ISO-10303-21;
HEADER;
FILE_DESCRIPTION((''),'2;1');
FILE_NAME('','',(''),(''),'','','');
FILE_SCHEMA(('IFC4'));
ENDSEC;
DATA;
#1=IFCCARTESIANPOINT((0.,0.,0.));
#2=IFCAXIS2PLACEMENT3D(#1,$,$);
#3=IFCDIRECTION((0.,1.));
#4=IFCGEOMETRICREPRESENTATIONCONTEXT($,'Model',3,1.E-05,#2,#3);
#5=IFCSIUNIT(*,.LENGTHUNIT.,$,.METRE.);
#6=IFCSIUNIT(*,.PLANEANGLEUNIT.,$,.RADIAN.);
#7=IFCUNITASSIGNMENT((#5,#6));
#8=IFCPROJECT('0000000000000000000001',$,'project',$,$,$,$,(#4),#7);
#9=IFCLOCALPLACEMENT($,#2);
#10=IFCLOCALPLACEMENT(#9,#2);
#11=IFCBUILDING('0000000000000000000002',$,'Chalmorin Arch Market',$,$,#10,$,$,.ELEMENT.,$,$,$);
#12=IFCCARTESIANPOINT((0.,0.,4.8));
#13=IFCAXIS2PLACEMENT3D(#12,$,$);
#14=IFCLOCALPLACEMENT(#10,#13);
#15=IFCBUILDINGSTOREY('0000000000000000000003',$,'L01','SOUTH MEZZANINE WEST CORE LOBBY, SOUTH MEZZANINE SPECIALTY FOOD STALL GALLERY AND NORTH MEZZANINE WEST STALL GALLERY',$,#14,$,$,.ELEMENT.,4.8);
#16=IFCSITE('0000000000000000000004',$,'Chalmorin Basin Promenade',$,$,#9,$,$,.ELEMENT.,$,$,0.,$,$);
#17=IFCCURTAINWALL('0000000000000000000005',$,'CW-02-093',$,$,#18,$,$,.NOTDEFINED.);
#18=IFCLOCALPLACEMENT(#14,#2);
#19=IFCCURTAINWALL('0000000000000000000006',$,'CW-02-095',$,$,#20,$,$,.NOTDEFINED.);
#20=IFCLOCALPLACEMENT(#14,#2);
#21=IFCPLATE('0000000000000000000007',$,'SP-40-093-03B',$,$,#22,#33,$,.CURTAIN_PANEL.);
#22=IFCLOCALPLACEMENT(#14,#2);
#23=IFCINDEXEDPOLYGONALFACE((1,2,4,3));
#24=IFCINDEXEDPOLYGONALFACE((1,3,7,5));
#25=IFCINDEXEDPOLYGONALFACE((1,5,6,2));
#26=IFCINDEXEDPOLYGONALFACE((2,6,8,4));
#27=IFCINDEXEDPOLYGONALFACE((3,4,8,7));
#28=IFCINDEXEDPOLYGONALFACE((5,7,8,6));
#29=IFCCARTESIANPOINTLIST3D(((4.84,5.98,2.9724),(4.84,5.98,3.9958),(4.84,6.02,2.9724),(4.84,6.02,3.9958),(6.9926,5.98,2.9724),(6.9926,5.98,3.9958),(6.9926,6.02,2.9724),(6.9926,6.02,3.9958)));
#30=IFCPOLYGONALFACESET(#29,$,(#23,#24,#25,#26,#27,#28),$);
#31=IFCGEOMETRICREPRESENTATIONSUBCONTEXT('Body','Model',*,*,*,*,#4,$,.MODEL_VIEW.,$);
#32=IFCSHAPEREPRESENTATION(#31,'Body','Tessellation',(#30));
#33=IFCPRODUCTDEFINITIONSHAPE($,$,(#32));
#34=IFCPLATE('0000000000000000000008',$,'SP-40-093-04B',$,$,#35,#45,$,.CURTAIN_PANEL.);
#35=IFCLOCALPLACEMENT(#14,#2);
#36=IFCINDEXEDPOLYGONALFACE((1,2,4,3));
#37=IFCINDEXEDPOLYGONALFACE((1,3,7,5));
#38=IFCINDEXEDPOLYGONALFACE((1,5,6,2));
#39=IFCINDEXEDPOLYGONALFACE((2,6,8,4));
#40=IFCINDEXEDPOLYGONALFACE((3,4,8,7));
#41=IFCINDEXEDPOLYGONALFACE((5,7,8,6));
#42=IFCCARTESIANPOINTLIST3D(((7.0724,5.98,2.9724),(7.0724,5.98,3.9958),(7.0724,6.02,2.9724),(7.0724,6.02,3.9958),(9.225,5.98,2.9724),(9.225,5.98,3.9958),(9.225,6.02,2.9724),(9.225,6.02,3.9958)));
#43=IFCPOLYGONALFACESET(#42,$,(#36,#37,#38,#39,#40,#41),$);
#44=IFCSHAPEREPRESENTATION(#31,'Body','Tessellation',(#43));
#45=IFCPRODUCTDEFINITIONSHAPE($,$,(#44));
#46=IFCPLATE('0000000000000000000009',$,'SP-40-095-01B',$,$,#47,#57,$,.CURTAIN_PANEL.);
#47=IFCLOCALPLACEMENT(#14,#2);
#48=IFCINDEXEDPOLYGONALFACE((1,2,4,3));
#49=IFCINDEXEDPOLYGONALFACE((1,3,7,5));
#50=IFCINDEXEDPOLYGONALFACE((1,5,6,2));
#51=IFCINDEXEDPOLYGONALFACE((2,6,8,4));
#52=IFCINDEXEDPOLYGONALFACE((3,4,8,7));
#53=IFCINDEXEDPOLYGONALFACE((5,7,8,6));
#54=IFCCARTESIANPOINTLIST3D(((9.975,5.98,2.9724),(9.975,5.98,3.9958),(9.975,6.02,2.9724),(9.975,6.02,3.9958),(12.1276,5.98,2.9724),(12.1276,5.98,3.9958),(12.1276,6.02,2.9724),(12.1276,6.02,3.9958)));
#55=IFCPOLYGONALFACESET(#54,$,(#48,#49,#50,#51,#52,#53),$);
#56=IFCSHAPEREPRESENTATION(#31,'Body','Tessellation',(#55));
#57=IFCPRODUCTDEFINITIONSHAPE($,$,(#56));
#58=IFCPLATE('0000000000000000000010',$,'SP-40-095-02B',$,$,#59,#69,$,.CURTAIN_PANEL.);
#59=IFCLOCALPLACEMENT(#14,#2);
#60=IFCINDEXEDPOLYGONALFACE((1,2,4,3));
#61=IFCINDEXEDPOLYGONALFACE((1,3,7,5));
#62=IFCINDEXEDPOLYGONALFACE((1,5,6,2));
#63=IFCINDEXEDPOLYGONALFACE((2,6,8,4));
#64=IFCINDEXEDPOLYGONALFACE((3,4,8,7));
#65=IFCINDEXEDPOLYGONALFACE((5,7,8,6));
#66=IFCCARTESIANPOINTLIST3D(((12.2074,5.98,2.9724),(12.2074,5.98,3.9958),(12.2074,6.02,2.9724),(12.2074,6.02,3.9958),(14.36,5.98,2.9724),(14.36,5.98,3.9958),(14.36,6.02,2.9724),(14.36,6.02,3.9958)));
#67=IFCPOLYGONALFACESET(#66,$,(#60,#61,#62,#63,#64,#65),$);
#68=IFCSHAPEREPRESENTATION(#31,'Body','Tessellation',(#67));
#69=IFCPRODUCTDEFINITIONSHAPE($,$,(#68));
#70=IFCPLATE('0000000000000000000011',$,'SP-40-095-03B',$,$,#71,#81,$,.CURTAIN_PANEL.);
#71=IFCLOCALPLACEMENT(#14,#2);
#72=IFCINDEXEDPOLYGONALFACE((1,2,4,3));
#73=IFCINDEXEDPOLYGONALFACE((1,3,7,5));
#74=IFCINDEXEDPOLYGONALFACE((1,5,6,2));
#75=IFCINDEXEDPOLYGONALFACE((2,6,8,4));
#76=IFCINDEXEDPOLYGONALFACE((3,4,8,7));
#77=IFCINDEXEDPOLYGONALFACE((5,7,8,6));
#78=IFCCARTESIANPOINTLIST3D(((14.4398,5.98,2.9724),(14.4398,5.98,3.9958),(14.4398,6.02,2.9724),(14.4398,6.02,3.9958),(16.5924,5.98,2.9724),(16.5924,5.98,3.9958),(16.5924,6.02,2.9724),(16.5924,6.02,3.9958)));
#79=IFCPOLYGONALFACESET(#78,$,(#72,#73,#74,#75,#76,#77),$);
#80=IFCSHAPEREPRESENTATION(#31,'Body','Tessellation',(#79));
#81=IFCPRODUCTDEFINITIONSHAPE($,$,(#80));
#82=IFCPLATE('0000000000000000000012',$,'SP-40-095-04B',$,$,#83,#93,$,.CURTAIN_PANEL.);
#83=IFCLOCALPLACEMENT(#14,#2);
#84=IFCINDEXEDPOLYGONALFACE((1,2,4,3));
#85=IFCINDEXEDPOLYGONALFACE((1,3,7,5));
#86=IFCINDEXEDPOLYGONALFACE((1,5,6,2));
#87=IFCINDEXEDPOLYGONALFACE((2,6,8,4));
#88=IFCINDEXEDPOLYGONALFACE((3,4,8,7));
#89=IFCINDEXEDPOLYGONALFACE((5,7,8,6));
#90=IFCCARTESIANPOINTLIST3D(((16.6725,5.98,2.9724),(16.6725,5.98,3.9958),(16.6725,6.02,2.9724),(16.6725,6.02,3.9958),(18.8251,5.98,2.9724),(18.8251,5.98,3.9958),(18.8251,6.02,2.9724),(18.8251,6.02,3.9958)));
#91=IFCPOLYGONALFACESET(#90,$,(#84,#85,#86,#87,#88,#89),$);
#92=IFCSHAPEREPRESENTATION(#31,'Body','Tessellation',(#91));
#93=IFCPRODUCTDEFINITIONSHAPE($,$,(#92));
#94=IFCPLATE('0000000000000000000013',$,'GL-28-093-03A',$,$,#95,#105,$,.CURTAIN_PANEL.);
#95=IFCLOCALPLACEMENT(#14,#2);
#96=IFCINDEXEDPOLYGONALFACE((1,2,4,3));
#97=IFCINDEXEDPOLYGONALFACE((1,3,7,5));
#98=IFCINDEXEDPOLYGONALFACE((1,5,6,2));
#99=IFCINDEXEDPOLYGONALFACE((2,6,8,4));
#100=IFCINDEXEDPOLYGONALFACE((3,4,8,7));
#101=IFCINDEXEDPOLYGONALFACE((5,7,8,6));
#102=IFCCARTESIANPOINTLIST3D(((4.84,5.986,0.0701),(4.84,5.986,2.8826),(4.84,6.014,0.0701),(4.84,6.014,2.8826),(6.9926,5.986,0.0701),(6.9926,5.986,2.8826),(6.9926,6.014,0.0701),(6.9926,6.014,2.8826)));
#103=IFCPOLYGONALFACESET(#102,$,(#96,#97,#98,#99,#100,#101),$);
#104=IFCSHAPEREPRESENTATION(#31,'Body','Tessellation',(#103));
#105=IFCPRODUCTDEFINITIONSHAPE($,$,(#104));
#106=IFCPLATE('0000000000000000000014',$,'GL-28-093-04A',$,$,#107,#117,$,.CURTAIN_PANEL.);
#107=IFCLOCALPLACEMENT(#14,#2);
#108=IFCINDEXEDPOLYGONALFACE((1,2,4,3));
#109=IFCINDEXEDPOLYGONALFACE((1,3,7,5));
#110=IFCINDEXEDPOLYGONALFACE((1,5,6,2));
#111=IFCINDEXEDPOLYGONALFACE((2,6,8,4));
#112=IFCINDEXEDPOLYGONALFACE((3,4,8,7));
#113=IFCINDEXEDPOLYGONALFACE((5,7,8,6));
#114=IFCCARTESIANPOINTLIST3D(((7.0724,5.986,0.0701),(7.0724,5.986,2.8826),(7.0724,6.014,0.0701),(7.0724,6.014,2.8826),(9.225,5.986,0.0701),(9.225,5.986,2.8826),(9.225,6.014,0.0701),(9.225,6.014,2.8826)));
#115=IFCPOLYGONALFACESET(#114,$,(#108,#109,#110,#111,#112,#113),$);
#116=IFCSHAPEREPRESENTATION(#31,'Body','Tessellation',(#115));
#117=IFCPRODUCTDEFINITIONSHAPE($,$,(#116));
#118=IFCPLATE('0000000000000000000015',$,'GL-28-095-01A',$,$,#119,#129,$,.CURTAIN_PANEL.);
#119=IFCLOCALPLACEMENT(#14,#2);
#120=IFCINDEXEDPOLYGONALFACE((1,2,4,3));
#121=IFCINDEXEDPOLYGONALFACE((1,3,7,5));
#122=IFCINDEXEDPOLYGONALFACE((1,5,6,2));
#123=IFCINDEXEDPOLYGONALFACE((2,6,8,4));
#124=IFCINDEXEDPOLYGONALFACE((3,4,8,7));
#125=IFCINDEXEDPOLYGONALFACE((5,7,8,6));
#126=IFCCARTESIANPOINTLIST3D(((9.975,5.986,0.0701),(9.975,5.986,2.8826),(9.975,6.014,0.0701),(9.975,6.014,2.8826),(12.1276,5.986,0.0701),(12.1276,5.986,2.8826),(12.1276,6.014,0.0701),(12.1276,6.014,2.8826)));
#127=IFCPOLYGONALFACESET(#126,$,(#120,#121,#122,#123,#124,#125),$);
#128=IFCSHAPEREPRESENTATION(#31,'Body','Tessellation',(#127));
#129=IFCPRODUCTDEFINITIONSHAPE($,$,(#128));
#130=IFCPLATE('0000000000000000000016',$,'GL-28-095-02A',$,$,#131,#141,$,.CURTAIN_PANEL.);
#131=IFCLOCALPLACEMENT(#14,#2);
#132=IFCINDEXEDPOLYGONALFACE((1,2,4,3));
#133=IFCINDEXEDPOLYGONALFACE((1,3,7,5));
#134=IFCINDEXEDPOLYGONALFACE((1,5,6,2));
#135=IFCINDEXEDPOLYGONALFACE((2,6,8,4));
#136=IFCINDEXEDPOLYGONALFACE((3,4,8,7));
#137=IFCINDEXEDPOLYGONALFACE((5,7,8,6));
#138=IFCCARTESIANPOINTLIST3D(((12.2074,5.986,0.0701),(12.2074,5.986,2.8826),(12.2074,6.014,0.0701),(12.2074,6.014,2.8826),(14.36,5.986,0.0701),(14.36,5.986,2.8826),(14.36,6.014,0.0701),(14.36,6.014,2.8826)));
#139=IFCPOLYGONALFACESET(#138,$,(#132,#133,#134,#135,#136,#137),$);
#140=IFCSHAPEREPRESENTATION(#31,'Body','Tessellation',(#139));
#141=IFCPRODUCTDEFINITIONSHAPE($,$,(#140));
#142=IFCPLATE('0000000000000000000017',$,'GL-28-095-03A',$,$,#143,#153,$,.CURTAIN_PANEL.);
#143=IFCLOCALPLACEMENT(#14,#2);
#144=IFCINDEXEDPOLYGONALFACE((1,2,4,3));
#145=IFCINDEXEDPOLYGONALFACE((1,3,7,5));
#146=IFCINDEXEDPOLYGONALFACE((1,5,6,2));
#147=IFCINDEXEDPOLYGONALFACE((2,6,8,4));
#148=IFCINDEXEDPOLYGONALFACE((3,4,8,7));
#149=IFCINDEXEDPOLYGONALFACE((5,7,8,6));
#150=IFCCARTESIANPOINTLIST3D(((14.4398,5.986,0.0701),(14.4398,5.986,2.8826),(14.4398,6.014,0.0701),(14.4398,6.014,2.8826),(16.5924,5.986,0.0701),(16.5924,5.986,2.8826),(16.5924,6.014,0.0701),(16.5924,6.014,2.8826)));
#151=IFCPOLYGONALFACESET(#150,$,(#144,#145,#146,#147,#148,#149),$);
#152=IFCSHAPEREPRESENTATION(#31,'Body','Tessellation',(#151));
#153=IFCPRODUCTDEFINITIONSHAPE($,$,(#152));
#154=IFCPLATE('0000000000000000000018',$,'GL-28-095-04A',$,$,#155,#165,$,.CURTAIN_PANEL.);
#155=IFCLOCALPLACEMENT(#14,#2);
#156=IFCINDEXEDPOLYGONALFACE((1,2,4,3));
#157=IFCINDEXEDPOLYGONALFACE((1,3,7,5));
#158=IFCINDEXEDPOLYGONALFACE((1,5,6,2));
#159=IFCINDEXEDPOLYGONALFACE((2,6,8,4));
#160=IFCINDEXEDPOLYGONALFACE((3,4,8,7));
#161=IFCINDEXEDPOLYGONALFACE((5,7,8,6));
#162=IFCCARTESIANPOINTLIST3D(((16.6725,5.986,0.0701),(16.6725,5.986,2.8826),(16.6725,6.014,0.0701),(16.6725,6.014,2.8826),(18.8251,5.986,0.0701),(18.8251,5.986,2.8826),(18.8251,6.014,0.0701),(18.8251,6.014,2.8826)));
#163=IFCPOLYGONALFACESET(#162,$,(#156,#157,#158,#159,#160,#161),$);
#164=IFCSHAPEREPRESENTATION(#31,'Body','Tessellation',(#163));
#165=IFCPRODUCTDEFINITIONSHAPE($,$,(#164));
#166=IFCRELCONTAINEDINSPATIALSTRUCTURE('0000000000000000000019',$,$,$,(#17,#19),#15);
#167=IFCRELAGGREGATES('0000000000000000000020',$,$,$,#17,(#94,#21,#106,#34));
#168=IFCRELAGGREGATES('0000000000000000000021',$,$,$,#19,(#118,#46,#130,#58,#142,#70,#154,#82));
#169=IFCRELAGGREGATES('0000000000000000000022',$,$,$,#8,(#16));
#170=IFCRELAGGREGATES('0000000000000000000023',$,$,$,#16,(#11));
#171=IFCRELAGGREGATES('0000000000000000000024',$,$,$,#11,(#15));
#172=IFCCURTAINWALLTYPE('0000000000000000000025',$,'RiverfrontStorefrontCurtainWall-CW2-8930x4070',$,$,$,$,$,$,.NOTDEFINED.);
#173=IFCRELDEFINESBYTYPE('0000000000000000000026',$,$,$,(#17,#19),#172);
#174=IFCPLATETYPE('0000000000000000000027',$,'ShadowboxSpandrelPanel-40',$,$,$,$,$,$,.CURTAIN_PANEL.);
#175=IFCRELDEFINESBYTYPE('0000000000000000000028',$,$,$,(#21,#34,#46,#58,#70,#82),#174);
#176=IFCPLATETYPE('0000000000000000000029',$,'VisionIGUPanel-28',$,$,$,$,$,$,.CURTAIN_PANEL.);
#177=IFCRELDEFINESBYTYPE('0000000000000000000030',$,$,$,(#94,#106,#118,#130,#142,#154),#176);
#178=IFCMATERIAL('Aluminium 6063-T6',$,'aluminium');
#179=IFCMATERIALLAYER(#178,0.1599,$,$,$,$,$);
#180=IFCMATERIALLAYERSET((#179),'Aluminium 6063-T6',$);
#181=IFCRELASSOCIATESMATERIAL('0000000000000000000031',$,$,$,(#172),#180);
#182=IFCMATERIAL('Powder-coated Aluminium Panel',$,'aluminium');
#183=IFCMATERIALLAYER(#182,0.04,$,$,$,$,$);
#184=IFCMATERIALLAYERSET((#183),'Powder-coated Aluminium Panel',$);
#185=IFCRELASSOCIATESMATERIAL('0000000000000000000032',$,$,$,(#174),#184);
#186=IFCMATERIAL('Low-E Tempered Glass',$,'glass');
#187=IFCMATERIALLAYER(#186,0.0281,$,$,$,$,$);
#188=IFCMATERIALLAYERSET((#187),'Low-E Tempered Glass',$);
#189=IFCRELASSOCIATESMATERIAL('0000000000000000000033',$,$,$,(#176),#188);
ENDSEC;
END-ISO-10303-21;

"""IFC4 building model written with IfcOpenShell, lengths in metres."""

from ifc_helpers import new_model, si_unit, direction, frame, origin, origin_2d, place, context, subcontext, project, spatial, rectangle, extrude, material, layer, layer_set, type_object, element, aggregate, save


model = new_model("IFC4")

# Units and contexts
model_context = context("Model", 3, precision=1e-05, world=origin(), true_north=direction((0.0, 1.0)))
body_context = subcontext(model_context, "Body", "Model", "MODEL_VIEW")
ifc_project = project(units=[si_unit("LENGTHUNIT", "METRE"), si_unit("PLANEANGLEUNIT", "RADIAN")], contexts=[model_context])

# Site, building, storey
site_placement = place(None, origin())
site = spatial("IfcSite", under=ifc_project, at=site_placement, Name="Chalmorin Basin Promenade", CompositionType="ELEMENT", RefElevation=0.0)
building_placement = place(site_placement, origin())
building = spatial("IfcBuilding", under=site, at=building_placement, Name="Chalmorin Arch Market", CompositionType="ELEMENT")
storey_placement = place(building_placement, frame((0.0, 0.0, 4.8)))
storey = spatial("IfcBuildingStorey", under=building, at=storey_placement, Name="L01", Description="SOUTH MEZZANINE WEST CORE LOBBY, SOUTH MEZZANINE SPECIALTY FOOD STALL GALLERY AND NORTH MEZZANINE WEST STALL GALLERY", CompositionType="ELEMENT", Elevation=4.8)

# Curtain walls
ifc_material_1 = material(Name="Aluminium 6063-T6", Category="aluminium")
ifc_layer_1 = layer(ifc_material_1, 0.1599)
ifc_layer_set_1 = layer_set([ifc_layer_1], Name="Aluminium 6063-T6")
curtain_wall_type = type_object("IfcCurtainWallType", Name="RiverfrontStorefrontCurtainWall-CW2-8930x4070", PredefinedType="NOTDEFINED", material=ifc_layer_set_1)
curtain_wall_1_placement = place(storey_placement, origin())
curtain_wall_1 = element("IfcCurtainWall", 1, at=curtain_wall_1_placement, inside=storey, type_object=curtain_wall_type, Name="CW-02-093", PredefinedType="NOTDEFINED")
curtain_wall_2_placement = place(storey_placement, origin())
curtain_wall_2 = element("IfcCurtainWall", 2, at=curtain_wall_2_placement, inside=storey, type_object=curtain_wall_type, Name="CW-02-095", PredefinedType="NOTDEFINED")

# Plates
ifc_material_2 = material(Name="Powder-coated Aluminium Panel", Category="aluminium")
ifc_layer_2 = layer(ifc_material_2, 0.04)
ifc_layer_set_2 = layer_set([ifc_layer_2], Name="Powder-coated Aluminium Panel")
plate_type_1 = type_object("IfcPlateType", Name="ShadowboxSpandrelPanel-40", PredefinedType="CURTAIN_PANEL", material=ifc_layer_set_2)
plate_1_placement = place(storey_placement, frame((5.9163, 6.0, 2.9724), z_axis=(0.0, 0.0, 1.0), x_axis=(1.0, 0.0, 0.0)))
plate_1 = element("IfcPlate", 3, at=plate_1_placement, type_object=plate_type_1, Name="SP-40-093-03B", PredefinedType="CURTAIN_PANEL", context=body_context, shape_type="SweptSolid", body=[
    extrude(rectangle(XDim=2.1526, YDim=0.04, at=origin_2d()), origin(), (0.0, 0.0, 1.0), 1.0234),
])
plate_2_placement = place(storey_placement, frame((8.1487, 6.0, 2.9724), z_axis=(0.0, 0.0, 1.0), x_axis=(1.0, 0.0, 0.0)))
plate_2 = element("IfcPlate", 4, at=plate_2_placement, type_object=plate_type_1, Name="SP-40-093-04B", PredefinedType="CURTAIN_PANEL", context=body_context, shape_type="SweptSolid", body=[
    extrude(rectangle(XDim=2.1526, YDim=0.04, at=origin_2d()), origin(), (0.0, 0.0, 1.0), 1.0234),
])
plate_3_placement = place(storey_placement, frame((11.0513, 6.0, 2.9724), z_axis=(0.0, 0.0, 1.0), x_axis=(1.0, 0.0, 0.0)))
plate_3 = element("IfcPlate", 5, at=plate_3_placement, type_object=plate_type_1, Name="SP-40-095-01B", PredefinedType="CURTAIN_PANEL", context=body_context, shape_type="SweptSolid", body=[
    extrude(rectangle(XDim=2.1526, YDim=0.04, at=origin_2d()), origin(), (0.0, 0.0, 1.0), 1.0234),
])
plate_4_placement = place(storey_placement, frame((13.2837, 6.0, 2.9724), z_axis=(0.0, 0.0, 1.0), x_axis=(1.0, 0.0, 0.0)))
plate_4 = element("IfcPlate", 6, at=plate_4_placement, type_object=plate_type_1, Name="SP-40-095-02B", PredefinedType="CURTAIN_PANEL", context=body_context, shape_type="SweptSolid", body=[
    extrude(rectangle(XDim=2.1526, YDim=0.04, at=origin_2d()), origin(), (0.0, 0.0, 1.0), 1.0234),
])
plate_5_placement = place(storey_placement, frame((15.5161, 6.0, 2.9724), z_axis=(0.0, 0.0, 1.0), x_axis=(1.0, 0.0, 0.0)))
plate_5 = element("IfcPlate", 7, at=plate_5_placement, type_object=plate_type_1, Name="SP-40-095-03B", PredefinedType="CURTAIN_PANEL", context=body_context, shape_type="SweptSolid", body=[
    extrude(rectangle(XDim=2.1526, YDim=0.04, at=origin_2d()), origin(), (0.0, 0.0, 1.0), 1.0234),
])
plate_6_placement = place(storey_placement, frame((17.7488, 6.0, 2.9724), z_axis=(0.0, 0.0, 1.0), x_axis=(1.0, 0.0, 0.0)))
plate_6 = element("IfcPlate", 8, at=plate_6_placement, type_object=plate_type_1, Name="SP-40-095-04B", PredefinedType="CURTAIN_PANEL", context=body_context, shape_type="SweptSolid", body=[
    extrude(rectangle(XDim=2.1526, YDim=0.04, at=origin_2d()), origin(), (0.0, 0.0, 1.0), 1.0234),
])
ifc_material_3 = material(Name="Low-E Tempered Glass", Category="glass")
ifc_layer_3 = layer(ifc_material_3, 0.0281)
ifc_layer_set_3 = layer_set([ifc_layer_3], Name="Low-E Tempered Glass")
plate_type_2 = type_object("IfcPlateType", Name="VisionIGUPanel-28", PredefinedType="CURTAIN_PANEL", material=ifc_layer_set_3)
plate_7_placement = place(storey_placement, frame((5.9163, 6.0, 0.0701), z_axis=(0.0, 0.0, 1.0), x_axis=(1.0, 0.0, 0.0)))
plate_7 = element("IfcPlate", 9, at=plate_7_placement, type_object=plate_type_2, Name="GL-28-093-03A", PredefinedType="CURTAIN_PANEL", context=body_context, shape_type="SweptSolid", body=[
    extrude(rectangle(XDim=2.1526, YDim=0.0281, at=origin_2d()), origin(), (0.0, 0.0, 1.0), 2.8125),
])
plate_8_placement = place(storey_placement, frame((8.1487, 6.0, 0.0701), z_axis=(0.0, 0.0, 1.0), x_axis=(1.0, 0.0, 0.0)))
plate_8 = element("IfcPlate", 10, at=plate_8_placement, type_object=plate_type_2, Name="GL-28-093-04A", PredefinedType="CURTAIN_PANEL", context=body_context, shape_type="SweptSolid", body=[
    extrude(rectangle(XDim=2.1526, YDim=0.0281, at=origin_2d()), origin(), (0.0, 0.0, 1.0), 2.8125),
])
aggregate(curtain_wall_1, [plate_7, plate_1, plate_8, plate_2])
plate_9_placement = place(storey_placement, frame((11.0513, 6.0, 0.0701), z_axis=(0.0, 0.0, 1.0), x_axis=(1.0, 0.0, 0.0)))
plate_9 = element("IfcPlate", 11, at=plate_9_placement, type_object=plate_type_2, Name="GL-28-095-01A", PredefinedType="CURTAIN_PANEL", context=body_context, shape_type="SweptSolid", body=[
    extrude(rectangle(XDim=2.1526, YDim=0.0281, at=origin_2d()), origin(), (0.0, 0.0, 1.0), 2.8125),
])
plate_10_placement = place(storey_placement, frame((13.2837, 6.0, 0.0701), z_axis=(0.0, 0.0, 1.0), x_axis=(1.0, 0.0, 0.0)))
plate_10 = element("IfcPlate", 12, at=plate_10_placement, type_object=plate_type_2, Name="GL-28-095-02A", PredefinedType="CURTAIN_PANEL", context=body_context, shape_type="SweptSolid", body=[
    extrude(rectangle(XDim=2.1526, YDim=0.0281, at=origin_2d()), origin(), (0.0, 0.0, 1.0), 2.8125),
])
plate_11_placement = place(storey_placement, frame((15.5161, 6.0, 0.0701), z_axis=(0.0, 0.0, 1.0), x_axis=(1.0, 0.0, 0.0)))
plate_11 = element("IfcPlate", 13, at=plate_11_placement, type_object=plate_type_2, Name="GL-28-095-03A", PredefinedType="CURTAIN_PANEL", context=body_context, shape_type="SweptSolid", body=[
    extrude(rectangle(XDim=2.1526, YDim=0.0281, at=origin_2d()), origin(), (0.0, 0.0, 1.0), 2.8125),
])
plate_12_placement = place(storey_placement, frame((17.7488, 6.0, 0.0701), z_axis=(0.0, 0.0, 1.0), x_axis=(1.0, 0.0, 0.0)))
plate_12 = element("IfcPlate", 14, at=plate_12_placement, type_object=plate_type_2, Name="GL-28-095-04A", PredefinedType="CURTAIN_PANEL", context=body_context, shape_type="SweptSolid", body=[
    extrude(rectangle(XDim=2.1526, YDim=0.0281, at=origin_2d()), origin(), (0.0, 0.0, 1.0), 2.8125),
])
aggregate(curtain_wall_2, [plate_9, plate_3, plate_10, plate_4, plate_11, plate_5, plate_12, plate_6])

save(model, "model.ifc")
